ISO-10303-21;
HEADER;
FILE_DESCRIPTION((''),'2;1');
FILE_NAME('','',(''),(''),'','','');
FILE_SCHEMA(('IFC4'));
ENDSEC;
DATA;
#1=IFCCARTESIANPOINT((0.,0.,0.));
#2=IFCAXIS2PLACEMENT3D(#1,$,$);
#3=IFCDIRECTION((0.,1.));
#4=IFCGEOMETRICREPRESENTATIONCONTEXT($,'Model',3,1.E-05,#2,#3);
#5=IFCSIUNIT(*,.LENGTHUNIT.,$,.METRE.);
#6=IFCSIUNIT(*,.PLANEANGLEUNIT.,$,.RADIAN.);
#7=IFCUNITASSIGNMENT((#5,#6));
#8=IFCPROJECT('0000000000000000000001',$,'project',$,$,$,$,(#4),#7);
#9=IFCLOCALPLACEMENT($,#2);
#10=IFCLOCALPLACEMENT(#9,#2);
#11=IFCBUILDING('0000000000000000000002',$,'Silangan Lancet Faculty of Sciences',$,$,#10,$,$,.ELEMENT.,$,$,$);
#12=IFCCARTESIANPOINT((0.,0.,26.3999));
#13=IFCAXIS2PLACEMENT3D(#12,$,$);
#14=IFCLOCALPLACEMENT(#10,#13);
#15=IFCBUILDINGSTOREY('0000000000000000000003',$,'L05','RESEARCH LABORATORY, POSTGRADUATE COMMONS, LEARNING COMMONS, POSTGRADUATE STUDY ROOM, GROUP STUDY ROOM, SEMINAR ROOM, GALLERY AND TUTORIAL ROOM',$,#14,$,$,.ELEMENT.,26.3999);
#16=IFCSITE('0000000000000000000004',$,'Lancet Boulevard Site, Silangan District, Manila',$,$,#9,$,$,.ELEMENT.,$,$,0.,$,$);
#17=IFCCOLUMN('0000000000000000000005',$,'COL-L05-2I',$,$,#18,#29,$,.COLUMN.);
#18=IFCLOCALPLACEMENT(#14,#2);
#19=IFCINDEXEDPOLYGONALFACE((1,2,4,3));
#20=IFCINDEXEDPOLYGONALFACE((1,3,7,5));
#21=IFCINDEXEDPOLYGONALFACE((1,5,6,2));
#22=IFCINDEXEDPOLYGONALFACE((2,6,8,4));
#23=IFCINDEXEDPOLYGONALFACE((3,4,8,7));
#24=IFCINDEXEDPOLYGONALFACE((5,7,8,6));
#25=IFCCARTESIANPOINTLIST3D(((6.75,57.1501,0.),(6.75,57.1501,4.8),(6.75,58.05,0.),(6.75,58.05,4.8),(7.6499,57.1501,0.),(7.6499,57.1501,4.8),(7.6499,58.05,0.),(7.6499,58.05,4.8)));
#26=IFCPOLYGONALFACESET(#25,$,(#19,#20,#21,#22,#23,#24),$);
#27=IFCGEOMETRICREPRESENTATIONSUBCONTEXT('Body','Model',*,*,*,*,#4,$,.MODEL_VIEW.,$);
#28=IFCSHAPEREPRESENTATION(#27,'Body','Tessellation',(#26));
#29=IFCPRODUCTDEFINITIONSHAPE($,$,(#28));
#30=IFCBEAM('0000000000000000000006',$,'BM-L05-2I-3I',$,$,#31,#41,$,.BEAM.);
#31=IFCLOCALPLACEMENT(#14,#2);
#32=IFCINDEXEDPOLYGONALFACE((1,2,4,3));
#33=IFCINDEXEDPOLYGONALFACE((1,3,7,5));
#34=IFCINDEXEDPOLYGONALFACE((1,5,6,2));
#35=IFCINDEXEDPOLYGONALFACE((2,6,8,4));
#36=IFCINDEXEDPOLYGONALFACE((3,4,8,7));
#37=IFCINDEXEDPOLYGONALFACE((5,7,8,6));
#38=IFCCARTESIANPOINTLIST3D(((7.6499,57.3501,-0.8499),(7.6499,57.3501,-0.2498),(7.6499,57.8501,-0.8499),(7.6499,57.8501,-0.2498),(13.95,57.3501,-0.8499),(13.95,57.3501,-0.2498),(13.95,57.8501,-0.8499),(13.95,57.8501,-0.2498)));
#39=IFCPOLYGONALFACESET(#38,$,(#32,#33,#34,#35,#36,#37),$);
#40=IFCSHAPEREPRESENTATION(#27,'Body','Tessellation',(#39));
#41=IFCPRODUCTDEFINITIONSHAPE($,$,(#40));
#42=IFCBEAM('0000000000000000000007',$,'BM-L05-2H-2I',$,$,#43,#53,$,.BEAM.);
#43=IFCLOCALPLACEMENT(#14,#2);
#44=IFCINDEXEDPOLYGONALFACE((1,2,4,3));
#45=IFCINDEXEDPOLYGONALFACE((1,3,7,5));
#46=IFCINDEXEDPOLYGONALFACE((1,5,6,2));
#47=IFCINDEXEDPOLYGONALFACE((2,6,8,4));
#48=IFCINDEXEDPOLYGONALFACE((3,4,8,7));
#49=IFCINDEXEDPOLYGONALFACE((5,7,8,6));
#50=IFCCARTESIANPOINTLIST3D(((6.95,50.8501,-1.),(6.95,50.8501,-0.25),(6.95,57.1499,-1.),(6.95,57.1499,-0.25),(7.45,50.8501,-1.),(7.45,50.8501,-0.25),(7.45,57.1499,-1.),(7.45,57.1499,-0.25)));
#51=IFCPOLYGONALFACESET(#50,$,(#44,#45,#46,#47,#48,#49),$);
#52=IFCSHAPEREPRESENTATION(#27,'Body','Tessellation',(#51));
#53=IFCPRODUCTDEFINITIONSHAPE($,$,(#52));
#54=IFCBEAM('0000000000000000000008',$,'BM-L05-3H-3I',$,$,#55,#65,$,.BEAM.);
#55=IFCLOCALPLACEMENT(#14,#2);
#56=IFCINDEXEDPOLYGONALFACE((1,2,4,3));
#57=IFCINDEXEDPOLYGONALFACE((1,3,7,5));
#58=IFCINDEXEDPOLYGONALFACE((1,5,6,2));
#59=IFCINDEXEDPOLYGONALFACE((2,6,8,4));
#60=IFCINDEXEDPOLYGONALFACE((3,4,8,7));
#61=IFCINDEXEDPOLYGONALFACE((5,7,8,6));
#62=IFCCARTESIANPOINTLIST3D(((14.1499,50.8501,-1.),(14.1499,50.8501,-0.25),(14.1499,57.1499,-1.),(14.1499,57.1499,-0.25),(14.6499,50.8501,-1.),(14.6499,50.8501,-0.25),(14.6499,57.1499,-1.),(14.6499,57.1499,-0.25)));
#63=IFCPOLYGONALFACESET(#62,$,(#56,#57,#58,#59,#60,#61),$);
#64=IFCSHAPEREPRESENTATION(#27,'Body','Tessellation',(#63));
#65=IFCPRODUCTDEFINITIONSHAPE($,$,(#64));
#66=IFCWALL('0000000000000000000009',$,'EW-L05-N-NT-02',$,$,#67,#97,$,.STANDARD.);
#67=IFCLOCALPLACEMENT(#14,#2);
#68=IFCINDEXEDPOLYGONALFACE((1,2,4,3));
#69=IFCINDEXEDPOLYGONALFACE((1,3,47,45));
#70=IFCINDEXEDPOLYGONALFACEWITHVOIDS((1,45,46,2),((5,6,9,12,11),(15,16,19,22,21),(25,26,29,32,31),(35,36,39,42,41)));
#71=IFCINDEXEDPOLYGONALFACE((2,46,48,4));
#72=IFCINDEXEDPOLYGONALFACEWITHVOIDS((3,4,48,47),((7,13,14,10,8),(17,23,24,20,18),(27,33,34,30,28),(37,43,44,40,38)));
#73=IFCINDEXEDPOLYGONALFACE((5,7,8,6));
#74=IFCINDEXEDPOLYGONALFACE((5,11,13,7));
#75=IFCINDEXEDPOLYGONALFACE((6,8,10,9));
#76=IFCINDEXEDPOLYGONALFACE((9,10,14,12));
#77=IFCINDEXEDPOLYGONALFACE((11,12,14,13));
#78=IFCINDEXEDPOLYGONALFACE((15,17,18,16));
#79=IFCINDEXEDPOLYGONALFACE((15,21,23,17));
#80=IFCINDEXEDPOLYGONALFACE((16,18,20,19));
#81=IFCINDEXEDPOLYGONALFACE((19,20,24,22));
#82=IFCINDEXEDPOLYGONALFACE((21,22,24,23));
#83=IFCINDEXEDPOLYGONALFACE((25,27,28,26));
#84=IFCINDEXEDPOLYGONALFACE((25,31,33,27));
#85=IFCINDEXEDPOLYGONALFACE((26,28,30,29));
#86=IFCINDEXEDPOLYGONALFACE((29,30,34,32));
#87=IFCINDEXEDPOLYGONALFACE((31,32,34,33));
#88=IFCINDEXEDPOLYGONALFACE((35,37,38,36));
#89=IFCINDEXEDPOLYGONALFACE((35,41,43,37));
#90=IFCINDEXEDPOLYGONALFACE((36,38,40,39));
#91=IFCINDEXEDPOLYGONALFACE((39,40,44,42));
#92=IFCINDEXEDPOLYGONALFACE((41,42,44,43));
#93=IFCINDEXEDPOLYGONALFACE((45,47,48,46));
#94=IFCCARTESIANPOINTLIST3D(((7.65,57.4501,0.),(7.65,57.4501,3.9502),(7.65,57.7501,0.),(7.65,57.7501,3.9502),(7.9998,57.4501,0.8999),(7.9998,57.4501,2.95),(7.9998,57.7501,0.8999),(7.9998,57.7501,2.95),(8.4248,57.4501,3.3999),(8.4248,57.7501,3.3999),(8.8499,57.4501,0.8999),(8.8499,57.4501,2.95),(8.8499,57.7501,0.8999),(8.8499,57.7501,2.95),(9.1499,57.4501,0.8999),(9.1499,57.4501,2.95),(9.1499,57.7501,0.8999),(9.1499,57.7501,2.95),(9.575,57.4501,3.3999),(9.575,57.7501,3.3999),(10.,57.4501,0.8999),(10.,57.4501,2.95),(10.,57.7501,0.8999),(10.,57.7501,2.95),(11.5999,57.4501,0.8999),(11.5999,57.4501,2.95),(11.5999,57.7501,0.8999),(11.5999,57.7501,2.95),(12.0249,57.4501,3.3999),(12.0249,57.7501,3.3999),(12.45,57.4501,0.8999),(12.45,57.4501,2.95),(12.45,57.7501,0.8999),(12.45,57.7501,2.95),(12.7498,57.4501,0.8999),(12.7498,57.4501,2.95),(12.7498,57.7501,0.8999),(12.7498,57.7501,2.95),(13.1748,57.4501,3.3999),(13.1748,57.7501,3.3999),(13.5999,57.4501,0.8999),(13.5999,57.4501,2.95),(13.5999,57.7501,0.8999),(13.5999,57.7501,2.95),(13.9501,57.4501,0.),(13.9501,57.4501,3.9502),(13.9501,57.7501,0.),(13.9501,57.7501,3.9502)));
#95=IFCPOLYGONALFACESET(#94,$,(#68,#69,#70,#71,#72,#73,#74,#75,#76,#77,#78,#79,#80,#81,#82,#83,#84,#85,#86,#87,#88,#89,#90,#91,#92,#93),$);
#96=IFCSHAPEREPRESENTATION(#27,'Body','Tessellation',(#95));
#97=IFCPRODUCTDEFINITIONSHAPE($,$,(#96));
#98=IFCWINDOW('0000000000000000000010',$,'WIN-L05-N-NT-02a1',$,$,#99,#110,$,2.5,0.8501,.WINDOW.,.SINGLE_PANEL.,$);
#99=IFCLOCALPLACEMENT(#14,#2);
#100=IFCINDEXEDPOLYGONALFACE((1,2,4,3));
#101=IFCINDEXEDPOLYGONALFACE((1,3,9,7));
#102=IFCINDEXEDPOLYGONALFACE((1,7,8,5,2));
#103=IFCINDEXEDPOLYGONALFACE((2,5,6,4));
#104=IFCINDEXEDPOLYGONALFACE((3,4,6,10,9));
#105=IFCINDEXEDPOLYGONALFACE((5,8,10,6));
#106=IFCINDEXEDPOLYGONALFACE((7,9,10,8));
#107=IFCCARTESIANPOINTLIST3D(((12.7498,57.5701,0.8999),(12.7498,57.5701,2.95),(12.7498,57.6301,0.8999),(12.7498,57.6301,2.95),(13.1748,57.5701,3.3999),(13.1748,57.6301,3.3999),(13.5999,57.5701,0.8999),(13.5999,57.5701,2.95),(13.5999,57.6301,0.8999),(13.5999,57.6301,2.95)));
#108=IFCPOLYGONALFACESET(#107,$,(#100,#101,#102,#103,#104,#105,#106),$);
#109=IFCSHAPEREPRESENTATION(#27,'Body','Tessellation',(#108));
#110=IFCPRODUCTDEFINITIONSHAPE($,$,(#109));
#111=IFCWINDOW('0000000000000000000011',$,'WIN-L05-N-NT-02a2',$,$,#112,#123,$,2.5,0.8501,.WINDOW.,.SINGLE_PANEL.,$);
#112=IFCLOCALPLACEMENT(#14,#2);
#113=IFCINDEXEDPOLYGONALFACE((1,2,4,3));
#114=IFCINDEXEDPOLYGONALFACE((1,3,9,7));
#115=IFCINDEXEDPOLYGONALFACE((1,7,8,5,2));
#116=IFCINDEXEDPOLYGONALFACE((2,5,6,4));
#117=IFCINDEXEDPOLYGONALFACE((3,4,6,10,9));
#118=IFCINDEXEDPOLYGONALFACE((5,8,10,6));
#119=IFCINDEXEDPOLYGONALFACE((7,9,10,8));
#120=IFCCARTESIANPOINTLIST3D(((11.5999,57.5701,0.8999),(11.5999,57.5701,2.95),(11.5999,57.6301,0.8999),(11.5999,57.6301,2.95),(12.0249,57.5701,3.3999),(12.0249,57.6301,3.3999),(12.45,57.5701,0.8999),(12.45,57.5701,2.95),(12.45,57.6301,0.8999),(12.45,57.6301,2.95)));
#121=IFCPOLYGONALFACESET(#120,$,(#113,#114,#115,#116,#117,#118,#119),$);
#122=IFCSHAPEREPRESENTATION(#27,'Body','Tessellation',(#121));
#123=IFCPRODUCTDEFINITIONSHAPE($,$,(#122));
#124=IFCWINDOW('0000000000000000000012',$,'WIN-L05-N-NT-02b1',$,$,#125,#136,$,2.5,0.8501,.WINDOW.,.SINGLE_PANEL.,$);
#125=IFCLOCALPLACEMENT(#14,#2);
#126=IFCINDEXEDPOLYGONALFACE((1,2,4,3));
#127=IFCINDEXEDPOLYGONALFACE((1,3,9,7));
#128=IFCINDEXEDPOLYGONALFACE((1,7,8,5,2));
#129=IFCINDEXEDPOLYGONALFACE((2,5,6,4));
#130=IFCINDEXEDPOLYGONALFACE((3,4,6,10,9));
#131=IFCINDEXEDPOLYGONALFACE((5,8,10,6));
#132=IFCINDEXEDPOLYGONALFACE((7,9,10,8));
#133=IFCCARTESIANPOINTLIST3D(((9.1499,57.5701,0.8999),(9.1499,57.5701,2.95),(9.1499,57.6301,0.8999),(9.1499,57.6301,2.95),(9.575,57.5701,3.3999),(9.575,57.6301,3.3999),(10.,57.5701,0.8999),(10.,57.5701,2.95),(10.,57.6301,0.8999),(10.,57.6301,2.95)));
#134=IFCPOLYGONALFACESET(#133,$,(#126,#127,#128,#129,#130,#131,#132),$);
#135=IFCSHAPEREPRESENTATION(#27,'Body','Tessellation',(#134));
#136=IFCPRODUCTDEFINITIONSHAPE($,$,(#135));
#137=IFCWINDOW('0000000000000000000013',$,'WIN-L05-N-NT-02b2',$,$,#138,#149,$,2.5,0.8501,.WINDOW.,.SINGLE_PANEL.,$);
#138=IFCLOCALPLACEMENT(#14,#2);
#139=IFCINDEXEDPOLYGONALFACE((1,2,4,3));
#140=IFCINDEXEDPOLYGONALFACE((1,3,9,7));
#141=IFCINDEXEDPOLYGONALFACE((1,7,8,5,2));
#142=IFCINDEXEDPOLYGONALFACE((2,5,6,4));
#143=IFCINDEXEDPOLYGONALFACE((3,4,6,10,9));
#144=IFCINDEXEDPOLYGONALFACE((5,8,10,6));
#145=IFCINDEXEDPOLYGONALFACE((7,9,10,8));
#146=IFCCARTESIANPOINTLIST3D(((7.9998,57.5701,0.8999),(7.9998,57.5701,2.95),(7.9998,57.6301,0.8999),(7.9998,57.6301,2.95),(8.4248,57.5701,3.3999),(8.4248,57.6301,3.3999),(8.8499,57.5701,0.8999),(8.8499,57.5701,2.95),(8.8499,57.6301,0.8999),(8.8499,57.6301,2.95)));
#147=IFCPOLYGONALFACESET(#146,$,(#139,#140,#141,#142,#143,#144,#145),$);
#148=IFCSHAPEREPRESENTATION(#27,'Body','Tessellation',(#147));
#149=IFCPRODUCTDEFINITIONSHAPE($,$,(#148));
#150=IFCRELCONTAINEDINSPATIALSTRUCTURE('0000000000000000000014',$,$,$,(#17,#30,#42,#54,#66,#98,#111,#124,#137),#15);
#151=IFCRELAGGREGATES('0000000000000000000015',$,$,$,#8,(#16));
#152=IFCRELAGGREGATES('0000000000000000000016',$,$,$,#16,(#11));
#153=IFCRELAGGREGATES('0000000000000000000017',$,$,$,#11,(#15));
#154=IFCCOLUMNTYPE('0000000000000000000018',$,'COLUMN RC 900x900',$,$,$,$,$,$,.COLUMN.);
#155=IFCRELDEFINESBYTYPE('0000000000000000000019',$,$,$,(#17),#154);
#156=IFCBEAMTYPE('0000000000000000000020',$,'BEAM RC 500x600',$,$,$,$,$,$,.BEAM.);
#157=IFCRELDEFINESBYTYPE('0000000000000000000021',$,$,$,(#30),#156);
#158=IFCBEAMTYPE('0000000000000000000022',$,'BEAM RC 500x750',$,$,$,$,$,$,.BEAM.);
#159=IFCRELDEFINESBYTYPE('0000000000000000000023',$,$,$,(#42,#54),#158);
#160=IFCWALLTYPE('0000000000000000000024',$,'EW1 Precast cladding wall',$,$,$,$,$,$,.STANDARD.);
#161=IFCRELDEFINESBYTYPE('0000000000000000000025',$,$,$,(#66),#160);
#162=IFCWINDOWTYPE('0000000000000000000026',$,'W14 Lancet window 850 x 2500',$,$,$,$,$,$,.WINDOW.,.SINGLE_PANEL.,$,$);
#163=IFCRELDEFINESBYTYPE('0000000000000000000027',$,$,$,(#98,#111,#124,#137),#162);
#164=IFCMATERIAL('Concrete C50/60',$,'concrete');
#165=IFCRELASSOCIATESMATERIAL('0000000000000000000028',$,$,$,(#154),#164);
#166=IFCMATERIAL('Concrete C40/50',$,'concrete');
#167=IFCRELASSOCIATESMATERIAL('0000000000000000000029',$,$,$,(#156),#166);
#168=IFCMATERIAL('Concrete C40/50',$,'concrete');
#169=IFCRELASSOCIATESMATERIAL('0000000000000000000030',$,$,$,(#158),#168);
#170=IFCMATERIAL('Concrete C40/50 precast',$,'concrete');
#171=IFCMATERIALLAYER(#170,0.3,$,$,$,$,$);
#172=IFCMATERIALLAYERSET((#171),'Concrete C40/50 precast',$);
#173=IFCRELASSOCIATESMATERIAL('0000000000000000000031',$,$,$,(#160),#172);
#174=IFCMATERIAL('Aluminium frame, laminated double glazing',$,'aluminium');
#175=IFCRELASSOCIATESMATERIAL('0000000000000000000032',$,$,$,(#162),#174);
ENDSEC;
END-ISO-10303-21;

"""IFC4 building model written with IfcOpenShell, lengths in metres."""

from ifc_helpers import new_model, si_unit, direction, frame, frame_2d, origin, origin_2d, place, context, subcontext, project, spatial, polyline, rectangle, outline, extrude, material, layer, layer_set, material_profile, profile_set, type_object, element, fill, save


model = new_model("IFC4")

# Units and contexts
model_context = context("Model", 3, precision=1e-05, world=origin(), true_north=direction((0.0, 1.0)))
body_context = subcontext(model_context, "Body", "Model", "MODEL_VIEW")
ifc_project = project(units=[si_unit("LENGTHUNIT", "METRE"), si_unit("PLANEANGLEUNIT", "RADIAN")], contexts=[model_context])

# Site, building, storey
site_placement = place(None, origin())
site = spatial("IfcSite", under=ifc_project, at=site_placement, Name="Lancet Boulevard Site, Silangan District, Manila", CompositionType="ELEMENT", RefElevation=0.0)
building_placement = place(site_placement, origin())
building = spatial("IfcBuilding", under=site, at=building_placement, Name="Silangan Lancet Faculty of Sciences", CompositionType="ELEMENT")
storey_placement = place(building_placement, frame((0.0, 0.0, 26.3999)))
storey = spatial("IfcBuildingStorey", under=building, at=storey_placement, Name="L05", Description="RESEARCH LABORATORY, POSTGRADUATE COMMONS, LEARNING COMMONS, POSTGRADUATE STUDY ROOM, GROUP STUDY ROOM, SEMINAR ROOM, GALLERY AND TUTORIAL ROOM", CompositionType="ELEMENT", Elevation=26.3999)

# Column
ifc_material_1 = material(Name="Concrete C50/60", Category="concrete")
ifc_material_profile_1 = material_profile(ifc_material_1, rectangle(XDim=0.8999, YDim=0.8999, at=origin_2d()), Name="RC 900x900")
ifc_profile_set_1 = profile_set([ifc_material_profile_1], Name="Concrete C50/60")
column_type = type_object("IfcColumnType", Name="COLUMN RC 900x900", PredefinedType="COLUMN", material=ifc_profile_set_1)
column_placement = place(storey_placement, frame((7.2, 57.6001, 0.0), z_axis=(0.0, 0.0, 1.0), x_axis=(1.0, 0.0, 0.0)))
element("IfcColumn", 1, at=column_placement, inside=storey, type_object=column_type, Name="COL-L05-2I", PredefinedType="COLUMN", context=body_context, shape_type="SweptSolid", body=[
    extrude(rectangle(XDim=0.8999, YDim=0.8999, at=origin_2d()), origin(), (0.0, 0.0, 1.0), 4.8),
])

# Beams
ifc_material_2 = material(Name="Concrete C40/50", Category="concrete")
ifc_material_profile_2 = material_profile(ifc_material_2, rectangle(XDim=0.5, YDim=0.6001, at=origin_2d()), Name="RC 500x600")
ifc_profile_set_2 = profile_set([ifc_material_profile_2], Name="Concrete C40/50")
beam_type_1 = type_object("IfcBeamType", Name="BEAM RC 500x600", PredefinedType="BEAM", material=ifc_profile_set_2)
beam_placement = place(storey_placement, frame((7.6499, 57.6001, -0.5498), z_axis=(1.0, 0.0, 0.0), x_axis=(0.0, 1.0, 0.0)))
element("IfcBeam", 2, at=beam_placement, inside=storey, type_object=beam_type_1, Name="BM-L05-2I-3I", PredefinedType="BEAM", context=body_context, shape_type="SweptSolid", body=[
    extrude(rectangle(XDim=0.5, YDim=0.6001, at=origin_2d()), origin(), (0.0, 0.0, 1.0), 6.3),
])
ifc_material_3 = material(Name="Concrete C40/50", Category="concrete")
ifc_material_profile_3 = material_profile(ifc_material_3, rectangle(XDim=0.5, YDim=0.75, at=origin_2d()), Name="RC 500x750")
ifc_profile_set_3 = profile_set([ifc_material_profile_3], Name="Concrete C40/50")
beam_type_2 = type_object("IfcBeamType", Name="BEAM RC 500x750", PredefinedType="BEAM", material=ifc_profile_set_3)
for number, where, z_axis, x_axis, name in (
    (3, (7.2, 50.8501, -0.625), (0.0, 1.0, 0.0), (-1.0, 0.0, 0.0), "BM-L05-2H-2I"),
    (4, (14.3999, 50.8501, -0.625), (0.0, 1.0, 0.0), (-1.0, 0.0, 0.0), "BM-L05-3H-3I"),
):
    element("IfcBeam", number, at=place(storey_placement, frame(where, z_axis=z_axis, x_axis=x_axis)), inside=storey, type_object=beam_type_2, Name=name, PredefinedType="BEAM", context=body_context, shape_type="SweptSolid", body=[
        extrude(rectangle(XDim=0.5, YDim=0.75, at=origin_2d()), origin(), (0.0, 0.0, 1.0), 6.2998),
    ])

# Wall, openings, windows
ifc_material_4 = material(Name="Concrete C40/50 precast", Category="concrete")
ifc_layer_1 = layer(ifc_material_4, 0.3)
ifc_layer_set_1 = layer_set([ifc_layer_1], Name="Concrete C40/50 precast")
wall_type_1 = type_object("IfcWallType", Name="EW1 Precast cladding wall", PredefinedType="STANDARD", material=ifc_layer_set_1)
wall_1_placement = place(storey_placement, frame((13.95, 57.6001, 0.0), z_axis=(0.0, 0.0, 1.0), x_axis=(-1.0, 0.0, 0.0)))
wall_1 = element("IfcWall", 5, at=wall_1_placement, inside=storey, type_object=wall_type_1, Name="EW-L05-N-NT-02", PredefinedType="STANDARD", context=body_context, shape_type="SweptSolid", body=[
    extrude(rectangle(XDim=6.3, YDim=0.3, at=frame_2d((3.1499, 0.0))), origin(), (0.0, 0.0, 1.0), 3.9502),
])
opening_1_placement = place(wall_1_placement, frame((0.3501, 0.0, 0.8999)))
opening_1 = element("IfcOpeningElement", 6, at=opening_1_placement, cuts=wall_1, PredefinedType="OPENING", context=body_context, shape_type="SweptSolid", body=[
    extrude(outline(polyline([(0.0, 0.0), (0.8501, 0.0), (0.8501, 2.05), (0.425, 2.5), (0.0, 2.05), (0.0, 0.0)])), frame((0.0, 0.1599, 0.0), z_axis=(0.0, -1.0, 0.0), x_axis=(1.0, 0.0, 0.0)), (0.0, 0.0, 1.0), 0.3201),
])
opening_2_placement = place(wall_1_placement, frame((1.5, 0.0, 0.8999)))
opening_2 = element("IfcOpeningElement", 7, at=opening_2_placement, cuts=wall_1, PredefinedType="OPENING", context=body_context, shape_type="SweptSolid", body=[
    extrude(outline(polyline([(0.0, 0.0), (0.8501, 0.0), (0.8501, 2.05), (0.425, 2.5), (0.0, 2.05), (0.0, 0.0)])), frame((0.0, 0.1599, 0.0), z_axis=(0.0, -1.0, 0.0), x_axis=(1.0, 0.0, 0.0)), (0.0, 0.0, 1.0), 0.3201),
])
opening_3_placement = place(wall_1_placement, frame((3.95, 0.0, 0.8999)))
opening_3 = element("IfcOpeningElement", 8, at=opening_3_placement, cuts=wall_1, PredefinedType="OPENING", context=body_context, shape_type="SweptSolid", body=[
    extrude(outline(polyline([(0.0, 0.0), (0.8501, 0.0), (0.8501, 2.05), (0.425, 2.5), (0.0, 2.05), (0.0, 0.0)])), frame((0.0, 0.1599, 0.0), z_axis=(0.0, -1.0, 0.0), x_axis=(1.0, 0.0, 0.0)), (0.0, 0.0, 1.0), 0.3201),
])
opening_4_placement = place(wall_1_placement, frame((5.1001, 0.0, 0.8999)))
opening_4 = element("IfcOpeningElement", 9, at=opening_4_placement, cuts=wall_1, PredefinedType="OPENING", context=body_context, shape_type="SweptSolid", body=[
    extrude(outline(polyline([(0.0, 0.0), (0.8501, 0.0), (0.8501, 2.05), (0.425, 2.5), (0.0, 2.05), (0.0, 0.0)])), frame((0.0, 0.1599, 0.0), z_axis=(0.0, -1.0, 0.0), x_axis=(1.0, 0.0, 0.0)), (0.0, 0.0, 1.0), 0.3201),
])
ifc_material_5 = material(Name="Aluminium frame, laminated double glazing", Category="aluminium")
window_type_1 = type_object("IfcWindowType", Name="W14 Lancet window 850 x 2500", PartitioningType="SINGLE_PANEL", PredefinedType="WINDOW", material=ifc_material_5)
window_1_placement = place(opening_1_placement, origin())
window_1 = element("IfcWindow", 10, at=window_1_placement, inside=storey, type_object=window_type_1, Name="WIN-L05-N-NT-02a1", OverallHeight=2.5, OverallWidth=0.8501, PartitioningType="SINGLE_PANEL", PredefinedType="WINDOW", context=body_context, shape_type="SweptSolid", body=[
    extrude(outline(polyline([(0.0, 0.0), (0.8501, 0.0), (0.8501, 2.05), (0.425, 2.5), (0.0, 2.05), (0.0, 0.0)])), frame((0.0, 0.03, 0.0), z_axis=(0.0, -1.0, 0.0), x_axis=(1.0, 0.0, 0.0)), (0.0, 0.0, 1.0), 0.0601),
])
fill(opening_1, window_1)
window_2_placement = place(opening_2_placement, origin())
window_2 = element("IfcWindow", 11, at=window_2_placement, inside=storey, type_object=window_type_1, Name="WIN-L05-N-NT-02a2", OverallHeight=2.5, OverallWidth=0.8501, PartitioningType="SINGLE_PANEL", PredefinedType="WINDOW", context=body_context, shape_type="SweptSolid", body=[
    extrude(outline(polyline([(0.0, 0.0), (0.8501, 0.0), (0.8501, 2.05), (0.425, 2.5), (0.0, 2.05), (0.0, 0.0)])), frame((0.0, 0.03, 0.0), z_axis=(0.0, -1.0, 0.0), x_axis=(1.0, 0.0, 0.0)), (0.0, 0.0, 1.0), 0.0601),
])
fill(opening_2, window_2)
window_3_placement = place(opening_3_placement, origin())
window_3 = element("IfcWindow", 12, at=window_3_placement, inside=storey, type_object=window_type_1, Name="WIN-L05-N-NT-02b1", OverallHeight=2.5, OverallWidth=0.8501, PartitioningType="SINGLE_PANEL", PredefinedType="WINDOW", context=body_context, shape_type="SweptSolid", body=[
    extrude(outline(polyline([(0.0, 0.0), (0.8501, 0.0), (0.8501, 2.05), (0.425, 2.5), (0.0, 2.05), (0.0, 0.0)])), frame((0.0, 0.03, 0.0), z_axis=(0.0, -1.0, 0.0), x_axis=(1.0, 0.0, 0.0)), (0.0, 0.0, 1.0), 0.0601),
])
fill(opening_3, window_3)
window_4_placement = place(opening_4_placement, origin())
window_4 = element("IfcWindow", 13, at=window_4_placement, inside=storey, type_object=window_type_1, Name="WIN-L05-N-NT-02b2", OverallHeight=2.5, OverallWidth=0.8501, PartitioningType="SINGLE_PANEL", PredefinedType="WINDOW", context=body_context, shape_type="SweptSolid", body=[
    extrude(outline(polyline([(0.0, 0.0), (0.8501, 0.0), (0.8501, 2.05), (0.425, 2.5), (0.0, 2.05), (0.0, 0.0)])), frame((0.0, 0.03, 0.0), z_axis=(0.0, -1.0, 0.0), x_axis=(1.0, 0.0, 0.0)), (0.0, 0.0, 1.0), 0.0601),
])
fill(opening_4, window_4)

save(model, "model.ifc")
